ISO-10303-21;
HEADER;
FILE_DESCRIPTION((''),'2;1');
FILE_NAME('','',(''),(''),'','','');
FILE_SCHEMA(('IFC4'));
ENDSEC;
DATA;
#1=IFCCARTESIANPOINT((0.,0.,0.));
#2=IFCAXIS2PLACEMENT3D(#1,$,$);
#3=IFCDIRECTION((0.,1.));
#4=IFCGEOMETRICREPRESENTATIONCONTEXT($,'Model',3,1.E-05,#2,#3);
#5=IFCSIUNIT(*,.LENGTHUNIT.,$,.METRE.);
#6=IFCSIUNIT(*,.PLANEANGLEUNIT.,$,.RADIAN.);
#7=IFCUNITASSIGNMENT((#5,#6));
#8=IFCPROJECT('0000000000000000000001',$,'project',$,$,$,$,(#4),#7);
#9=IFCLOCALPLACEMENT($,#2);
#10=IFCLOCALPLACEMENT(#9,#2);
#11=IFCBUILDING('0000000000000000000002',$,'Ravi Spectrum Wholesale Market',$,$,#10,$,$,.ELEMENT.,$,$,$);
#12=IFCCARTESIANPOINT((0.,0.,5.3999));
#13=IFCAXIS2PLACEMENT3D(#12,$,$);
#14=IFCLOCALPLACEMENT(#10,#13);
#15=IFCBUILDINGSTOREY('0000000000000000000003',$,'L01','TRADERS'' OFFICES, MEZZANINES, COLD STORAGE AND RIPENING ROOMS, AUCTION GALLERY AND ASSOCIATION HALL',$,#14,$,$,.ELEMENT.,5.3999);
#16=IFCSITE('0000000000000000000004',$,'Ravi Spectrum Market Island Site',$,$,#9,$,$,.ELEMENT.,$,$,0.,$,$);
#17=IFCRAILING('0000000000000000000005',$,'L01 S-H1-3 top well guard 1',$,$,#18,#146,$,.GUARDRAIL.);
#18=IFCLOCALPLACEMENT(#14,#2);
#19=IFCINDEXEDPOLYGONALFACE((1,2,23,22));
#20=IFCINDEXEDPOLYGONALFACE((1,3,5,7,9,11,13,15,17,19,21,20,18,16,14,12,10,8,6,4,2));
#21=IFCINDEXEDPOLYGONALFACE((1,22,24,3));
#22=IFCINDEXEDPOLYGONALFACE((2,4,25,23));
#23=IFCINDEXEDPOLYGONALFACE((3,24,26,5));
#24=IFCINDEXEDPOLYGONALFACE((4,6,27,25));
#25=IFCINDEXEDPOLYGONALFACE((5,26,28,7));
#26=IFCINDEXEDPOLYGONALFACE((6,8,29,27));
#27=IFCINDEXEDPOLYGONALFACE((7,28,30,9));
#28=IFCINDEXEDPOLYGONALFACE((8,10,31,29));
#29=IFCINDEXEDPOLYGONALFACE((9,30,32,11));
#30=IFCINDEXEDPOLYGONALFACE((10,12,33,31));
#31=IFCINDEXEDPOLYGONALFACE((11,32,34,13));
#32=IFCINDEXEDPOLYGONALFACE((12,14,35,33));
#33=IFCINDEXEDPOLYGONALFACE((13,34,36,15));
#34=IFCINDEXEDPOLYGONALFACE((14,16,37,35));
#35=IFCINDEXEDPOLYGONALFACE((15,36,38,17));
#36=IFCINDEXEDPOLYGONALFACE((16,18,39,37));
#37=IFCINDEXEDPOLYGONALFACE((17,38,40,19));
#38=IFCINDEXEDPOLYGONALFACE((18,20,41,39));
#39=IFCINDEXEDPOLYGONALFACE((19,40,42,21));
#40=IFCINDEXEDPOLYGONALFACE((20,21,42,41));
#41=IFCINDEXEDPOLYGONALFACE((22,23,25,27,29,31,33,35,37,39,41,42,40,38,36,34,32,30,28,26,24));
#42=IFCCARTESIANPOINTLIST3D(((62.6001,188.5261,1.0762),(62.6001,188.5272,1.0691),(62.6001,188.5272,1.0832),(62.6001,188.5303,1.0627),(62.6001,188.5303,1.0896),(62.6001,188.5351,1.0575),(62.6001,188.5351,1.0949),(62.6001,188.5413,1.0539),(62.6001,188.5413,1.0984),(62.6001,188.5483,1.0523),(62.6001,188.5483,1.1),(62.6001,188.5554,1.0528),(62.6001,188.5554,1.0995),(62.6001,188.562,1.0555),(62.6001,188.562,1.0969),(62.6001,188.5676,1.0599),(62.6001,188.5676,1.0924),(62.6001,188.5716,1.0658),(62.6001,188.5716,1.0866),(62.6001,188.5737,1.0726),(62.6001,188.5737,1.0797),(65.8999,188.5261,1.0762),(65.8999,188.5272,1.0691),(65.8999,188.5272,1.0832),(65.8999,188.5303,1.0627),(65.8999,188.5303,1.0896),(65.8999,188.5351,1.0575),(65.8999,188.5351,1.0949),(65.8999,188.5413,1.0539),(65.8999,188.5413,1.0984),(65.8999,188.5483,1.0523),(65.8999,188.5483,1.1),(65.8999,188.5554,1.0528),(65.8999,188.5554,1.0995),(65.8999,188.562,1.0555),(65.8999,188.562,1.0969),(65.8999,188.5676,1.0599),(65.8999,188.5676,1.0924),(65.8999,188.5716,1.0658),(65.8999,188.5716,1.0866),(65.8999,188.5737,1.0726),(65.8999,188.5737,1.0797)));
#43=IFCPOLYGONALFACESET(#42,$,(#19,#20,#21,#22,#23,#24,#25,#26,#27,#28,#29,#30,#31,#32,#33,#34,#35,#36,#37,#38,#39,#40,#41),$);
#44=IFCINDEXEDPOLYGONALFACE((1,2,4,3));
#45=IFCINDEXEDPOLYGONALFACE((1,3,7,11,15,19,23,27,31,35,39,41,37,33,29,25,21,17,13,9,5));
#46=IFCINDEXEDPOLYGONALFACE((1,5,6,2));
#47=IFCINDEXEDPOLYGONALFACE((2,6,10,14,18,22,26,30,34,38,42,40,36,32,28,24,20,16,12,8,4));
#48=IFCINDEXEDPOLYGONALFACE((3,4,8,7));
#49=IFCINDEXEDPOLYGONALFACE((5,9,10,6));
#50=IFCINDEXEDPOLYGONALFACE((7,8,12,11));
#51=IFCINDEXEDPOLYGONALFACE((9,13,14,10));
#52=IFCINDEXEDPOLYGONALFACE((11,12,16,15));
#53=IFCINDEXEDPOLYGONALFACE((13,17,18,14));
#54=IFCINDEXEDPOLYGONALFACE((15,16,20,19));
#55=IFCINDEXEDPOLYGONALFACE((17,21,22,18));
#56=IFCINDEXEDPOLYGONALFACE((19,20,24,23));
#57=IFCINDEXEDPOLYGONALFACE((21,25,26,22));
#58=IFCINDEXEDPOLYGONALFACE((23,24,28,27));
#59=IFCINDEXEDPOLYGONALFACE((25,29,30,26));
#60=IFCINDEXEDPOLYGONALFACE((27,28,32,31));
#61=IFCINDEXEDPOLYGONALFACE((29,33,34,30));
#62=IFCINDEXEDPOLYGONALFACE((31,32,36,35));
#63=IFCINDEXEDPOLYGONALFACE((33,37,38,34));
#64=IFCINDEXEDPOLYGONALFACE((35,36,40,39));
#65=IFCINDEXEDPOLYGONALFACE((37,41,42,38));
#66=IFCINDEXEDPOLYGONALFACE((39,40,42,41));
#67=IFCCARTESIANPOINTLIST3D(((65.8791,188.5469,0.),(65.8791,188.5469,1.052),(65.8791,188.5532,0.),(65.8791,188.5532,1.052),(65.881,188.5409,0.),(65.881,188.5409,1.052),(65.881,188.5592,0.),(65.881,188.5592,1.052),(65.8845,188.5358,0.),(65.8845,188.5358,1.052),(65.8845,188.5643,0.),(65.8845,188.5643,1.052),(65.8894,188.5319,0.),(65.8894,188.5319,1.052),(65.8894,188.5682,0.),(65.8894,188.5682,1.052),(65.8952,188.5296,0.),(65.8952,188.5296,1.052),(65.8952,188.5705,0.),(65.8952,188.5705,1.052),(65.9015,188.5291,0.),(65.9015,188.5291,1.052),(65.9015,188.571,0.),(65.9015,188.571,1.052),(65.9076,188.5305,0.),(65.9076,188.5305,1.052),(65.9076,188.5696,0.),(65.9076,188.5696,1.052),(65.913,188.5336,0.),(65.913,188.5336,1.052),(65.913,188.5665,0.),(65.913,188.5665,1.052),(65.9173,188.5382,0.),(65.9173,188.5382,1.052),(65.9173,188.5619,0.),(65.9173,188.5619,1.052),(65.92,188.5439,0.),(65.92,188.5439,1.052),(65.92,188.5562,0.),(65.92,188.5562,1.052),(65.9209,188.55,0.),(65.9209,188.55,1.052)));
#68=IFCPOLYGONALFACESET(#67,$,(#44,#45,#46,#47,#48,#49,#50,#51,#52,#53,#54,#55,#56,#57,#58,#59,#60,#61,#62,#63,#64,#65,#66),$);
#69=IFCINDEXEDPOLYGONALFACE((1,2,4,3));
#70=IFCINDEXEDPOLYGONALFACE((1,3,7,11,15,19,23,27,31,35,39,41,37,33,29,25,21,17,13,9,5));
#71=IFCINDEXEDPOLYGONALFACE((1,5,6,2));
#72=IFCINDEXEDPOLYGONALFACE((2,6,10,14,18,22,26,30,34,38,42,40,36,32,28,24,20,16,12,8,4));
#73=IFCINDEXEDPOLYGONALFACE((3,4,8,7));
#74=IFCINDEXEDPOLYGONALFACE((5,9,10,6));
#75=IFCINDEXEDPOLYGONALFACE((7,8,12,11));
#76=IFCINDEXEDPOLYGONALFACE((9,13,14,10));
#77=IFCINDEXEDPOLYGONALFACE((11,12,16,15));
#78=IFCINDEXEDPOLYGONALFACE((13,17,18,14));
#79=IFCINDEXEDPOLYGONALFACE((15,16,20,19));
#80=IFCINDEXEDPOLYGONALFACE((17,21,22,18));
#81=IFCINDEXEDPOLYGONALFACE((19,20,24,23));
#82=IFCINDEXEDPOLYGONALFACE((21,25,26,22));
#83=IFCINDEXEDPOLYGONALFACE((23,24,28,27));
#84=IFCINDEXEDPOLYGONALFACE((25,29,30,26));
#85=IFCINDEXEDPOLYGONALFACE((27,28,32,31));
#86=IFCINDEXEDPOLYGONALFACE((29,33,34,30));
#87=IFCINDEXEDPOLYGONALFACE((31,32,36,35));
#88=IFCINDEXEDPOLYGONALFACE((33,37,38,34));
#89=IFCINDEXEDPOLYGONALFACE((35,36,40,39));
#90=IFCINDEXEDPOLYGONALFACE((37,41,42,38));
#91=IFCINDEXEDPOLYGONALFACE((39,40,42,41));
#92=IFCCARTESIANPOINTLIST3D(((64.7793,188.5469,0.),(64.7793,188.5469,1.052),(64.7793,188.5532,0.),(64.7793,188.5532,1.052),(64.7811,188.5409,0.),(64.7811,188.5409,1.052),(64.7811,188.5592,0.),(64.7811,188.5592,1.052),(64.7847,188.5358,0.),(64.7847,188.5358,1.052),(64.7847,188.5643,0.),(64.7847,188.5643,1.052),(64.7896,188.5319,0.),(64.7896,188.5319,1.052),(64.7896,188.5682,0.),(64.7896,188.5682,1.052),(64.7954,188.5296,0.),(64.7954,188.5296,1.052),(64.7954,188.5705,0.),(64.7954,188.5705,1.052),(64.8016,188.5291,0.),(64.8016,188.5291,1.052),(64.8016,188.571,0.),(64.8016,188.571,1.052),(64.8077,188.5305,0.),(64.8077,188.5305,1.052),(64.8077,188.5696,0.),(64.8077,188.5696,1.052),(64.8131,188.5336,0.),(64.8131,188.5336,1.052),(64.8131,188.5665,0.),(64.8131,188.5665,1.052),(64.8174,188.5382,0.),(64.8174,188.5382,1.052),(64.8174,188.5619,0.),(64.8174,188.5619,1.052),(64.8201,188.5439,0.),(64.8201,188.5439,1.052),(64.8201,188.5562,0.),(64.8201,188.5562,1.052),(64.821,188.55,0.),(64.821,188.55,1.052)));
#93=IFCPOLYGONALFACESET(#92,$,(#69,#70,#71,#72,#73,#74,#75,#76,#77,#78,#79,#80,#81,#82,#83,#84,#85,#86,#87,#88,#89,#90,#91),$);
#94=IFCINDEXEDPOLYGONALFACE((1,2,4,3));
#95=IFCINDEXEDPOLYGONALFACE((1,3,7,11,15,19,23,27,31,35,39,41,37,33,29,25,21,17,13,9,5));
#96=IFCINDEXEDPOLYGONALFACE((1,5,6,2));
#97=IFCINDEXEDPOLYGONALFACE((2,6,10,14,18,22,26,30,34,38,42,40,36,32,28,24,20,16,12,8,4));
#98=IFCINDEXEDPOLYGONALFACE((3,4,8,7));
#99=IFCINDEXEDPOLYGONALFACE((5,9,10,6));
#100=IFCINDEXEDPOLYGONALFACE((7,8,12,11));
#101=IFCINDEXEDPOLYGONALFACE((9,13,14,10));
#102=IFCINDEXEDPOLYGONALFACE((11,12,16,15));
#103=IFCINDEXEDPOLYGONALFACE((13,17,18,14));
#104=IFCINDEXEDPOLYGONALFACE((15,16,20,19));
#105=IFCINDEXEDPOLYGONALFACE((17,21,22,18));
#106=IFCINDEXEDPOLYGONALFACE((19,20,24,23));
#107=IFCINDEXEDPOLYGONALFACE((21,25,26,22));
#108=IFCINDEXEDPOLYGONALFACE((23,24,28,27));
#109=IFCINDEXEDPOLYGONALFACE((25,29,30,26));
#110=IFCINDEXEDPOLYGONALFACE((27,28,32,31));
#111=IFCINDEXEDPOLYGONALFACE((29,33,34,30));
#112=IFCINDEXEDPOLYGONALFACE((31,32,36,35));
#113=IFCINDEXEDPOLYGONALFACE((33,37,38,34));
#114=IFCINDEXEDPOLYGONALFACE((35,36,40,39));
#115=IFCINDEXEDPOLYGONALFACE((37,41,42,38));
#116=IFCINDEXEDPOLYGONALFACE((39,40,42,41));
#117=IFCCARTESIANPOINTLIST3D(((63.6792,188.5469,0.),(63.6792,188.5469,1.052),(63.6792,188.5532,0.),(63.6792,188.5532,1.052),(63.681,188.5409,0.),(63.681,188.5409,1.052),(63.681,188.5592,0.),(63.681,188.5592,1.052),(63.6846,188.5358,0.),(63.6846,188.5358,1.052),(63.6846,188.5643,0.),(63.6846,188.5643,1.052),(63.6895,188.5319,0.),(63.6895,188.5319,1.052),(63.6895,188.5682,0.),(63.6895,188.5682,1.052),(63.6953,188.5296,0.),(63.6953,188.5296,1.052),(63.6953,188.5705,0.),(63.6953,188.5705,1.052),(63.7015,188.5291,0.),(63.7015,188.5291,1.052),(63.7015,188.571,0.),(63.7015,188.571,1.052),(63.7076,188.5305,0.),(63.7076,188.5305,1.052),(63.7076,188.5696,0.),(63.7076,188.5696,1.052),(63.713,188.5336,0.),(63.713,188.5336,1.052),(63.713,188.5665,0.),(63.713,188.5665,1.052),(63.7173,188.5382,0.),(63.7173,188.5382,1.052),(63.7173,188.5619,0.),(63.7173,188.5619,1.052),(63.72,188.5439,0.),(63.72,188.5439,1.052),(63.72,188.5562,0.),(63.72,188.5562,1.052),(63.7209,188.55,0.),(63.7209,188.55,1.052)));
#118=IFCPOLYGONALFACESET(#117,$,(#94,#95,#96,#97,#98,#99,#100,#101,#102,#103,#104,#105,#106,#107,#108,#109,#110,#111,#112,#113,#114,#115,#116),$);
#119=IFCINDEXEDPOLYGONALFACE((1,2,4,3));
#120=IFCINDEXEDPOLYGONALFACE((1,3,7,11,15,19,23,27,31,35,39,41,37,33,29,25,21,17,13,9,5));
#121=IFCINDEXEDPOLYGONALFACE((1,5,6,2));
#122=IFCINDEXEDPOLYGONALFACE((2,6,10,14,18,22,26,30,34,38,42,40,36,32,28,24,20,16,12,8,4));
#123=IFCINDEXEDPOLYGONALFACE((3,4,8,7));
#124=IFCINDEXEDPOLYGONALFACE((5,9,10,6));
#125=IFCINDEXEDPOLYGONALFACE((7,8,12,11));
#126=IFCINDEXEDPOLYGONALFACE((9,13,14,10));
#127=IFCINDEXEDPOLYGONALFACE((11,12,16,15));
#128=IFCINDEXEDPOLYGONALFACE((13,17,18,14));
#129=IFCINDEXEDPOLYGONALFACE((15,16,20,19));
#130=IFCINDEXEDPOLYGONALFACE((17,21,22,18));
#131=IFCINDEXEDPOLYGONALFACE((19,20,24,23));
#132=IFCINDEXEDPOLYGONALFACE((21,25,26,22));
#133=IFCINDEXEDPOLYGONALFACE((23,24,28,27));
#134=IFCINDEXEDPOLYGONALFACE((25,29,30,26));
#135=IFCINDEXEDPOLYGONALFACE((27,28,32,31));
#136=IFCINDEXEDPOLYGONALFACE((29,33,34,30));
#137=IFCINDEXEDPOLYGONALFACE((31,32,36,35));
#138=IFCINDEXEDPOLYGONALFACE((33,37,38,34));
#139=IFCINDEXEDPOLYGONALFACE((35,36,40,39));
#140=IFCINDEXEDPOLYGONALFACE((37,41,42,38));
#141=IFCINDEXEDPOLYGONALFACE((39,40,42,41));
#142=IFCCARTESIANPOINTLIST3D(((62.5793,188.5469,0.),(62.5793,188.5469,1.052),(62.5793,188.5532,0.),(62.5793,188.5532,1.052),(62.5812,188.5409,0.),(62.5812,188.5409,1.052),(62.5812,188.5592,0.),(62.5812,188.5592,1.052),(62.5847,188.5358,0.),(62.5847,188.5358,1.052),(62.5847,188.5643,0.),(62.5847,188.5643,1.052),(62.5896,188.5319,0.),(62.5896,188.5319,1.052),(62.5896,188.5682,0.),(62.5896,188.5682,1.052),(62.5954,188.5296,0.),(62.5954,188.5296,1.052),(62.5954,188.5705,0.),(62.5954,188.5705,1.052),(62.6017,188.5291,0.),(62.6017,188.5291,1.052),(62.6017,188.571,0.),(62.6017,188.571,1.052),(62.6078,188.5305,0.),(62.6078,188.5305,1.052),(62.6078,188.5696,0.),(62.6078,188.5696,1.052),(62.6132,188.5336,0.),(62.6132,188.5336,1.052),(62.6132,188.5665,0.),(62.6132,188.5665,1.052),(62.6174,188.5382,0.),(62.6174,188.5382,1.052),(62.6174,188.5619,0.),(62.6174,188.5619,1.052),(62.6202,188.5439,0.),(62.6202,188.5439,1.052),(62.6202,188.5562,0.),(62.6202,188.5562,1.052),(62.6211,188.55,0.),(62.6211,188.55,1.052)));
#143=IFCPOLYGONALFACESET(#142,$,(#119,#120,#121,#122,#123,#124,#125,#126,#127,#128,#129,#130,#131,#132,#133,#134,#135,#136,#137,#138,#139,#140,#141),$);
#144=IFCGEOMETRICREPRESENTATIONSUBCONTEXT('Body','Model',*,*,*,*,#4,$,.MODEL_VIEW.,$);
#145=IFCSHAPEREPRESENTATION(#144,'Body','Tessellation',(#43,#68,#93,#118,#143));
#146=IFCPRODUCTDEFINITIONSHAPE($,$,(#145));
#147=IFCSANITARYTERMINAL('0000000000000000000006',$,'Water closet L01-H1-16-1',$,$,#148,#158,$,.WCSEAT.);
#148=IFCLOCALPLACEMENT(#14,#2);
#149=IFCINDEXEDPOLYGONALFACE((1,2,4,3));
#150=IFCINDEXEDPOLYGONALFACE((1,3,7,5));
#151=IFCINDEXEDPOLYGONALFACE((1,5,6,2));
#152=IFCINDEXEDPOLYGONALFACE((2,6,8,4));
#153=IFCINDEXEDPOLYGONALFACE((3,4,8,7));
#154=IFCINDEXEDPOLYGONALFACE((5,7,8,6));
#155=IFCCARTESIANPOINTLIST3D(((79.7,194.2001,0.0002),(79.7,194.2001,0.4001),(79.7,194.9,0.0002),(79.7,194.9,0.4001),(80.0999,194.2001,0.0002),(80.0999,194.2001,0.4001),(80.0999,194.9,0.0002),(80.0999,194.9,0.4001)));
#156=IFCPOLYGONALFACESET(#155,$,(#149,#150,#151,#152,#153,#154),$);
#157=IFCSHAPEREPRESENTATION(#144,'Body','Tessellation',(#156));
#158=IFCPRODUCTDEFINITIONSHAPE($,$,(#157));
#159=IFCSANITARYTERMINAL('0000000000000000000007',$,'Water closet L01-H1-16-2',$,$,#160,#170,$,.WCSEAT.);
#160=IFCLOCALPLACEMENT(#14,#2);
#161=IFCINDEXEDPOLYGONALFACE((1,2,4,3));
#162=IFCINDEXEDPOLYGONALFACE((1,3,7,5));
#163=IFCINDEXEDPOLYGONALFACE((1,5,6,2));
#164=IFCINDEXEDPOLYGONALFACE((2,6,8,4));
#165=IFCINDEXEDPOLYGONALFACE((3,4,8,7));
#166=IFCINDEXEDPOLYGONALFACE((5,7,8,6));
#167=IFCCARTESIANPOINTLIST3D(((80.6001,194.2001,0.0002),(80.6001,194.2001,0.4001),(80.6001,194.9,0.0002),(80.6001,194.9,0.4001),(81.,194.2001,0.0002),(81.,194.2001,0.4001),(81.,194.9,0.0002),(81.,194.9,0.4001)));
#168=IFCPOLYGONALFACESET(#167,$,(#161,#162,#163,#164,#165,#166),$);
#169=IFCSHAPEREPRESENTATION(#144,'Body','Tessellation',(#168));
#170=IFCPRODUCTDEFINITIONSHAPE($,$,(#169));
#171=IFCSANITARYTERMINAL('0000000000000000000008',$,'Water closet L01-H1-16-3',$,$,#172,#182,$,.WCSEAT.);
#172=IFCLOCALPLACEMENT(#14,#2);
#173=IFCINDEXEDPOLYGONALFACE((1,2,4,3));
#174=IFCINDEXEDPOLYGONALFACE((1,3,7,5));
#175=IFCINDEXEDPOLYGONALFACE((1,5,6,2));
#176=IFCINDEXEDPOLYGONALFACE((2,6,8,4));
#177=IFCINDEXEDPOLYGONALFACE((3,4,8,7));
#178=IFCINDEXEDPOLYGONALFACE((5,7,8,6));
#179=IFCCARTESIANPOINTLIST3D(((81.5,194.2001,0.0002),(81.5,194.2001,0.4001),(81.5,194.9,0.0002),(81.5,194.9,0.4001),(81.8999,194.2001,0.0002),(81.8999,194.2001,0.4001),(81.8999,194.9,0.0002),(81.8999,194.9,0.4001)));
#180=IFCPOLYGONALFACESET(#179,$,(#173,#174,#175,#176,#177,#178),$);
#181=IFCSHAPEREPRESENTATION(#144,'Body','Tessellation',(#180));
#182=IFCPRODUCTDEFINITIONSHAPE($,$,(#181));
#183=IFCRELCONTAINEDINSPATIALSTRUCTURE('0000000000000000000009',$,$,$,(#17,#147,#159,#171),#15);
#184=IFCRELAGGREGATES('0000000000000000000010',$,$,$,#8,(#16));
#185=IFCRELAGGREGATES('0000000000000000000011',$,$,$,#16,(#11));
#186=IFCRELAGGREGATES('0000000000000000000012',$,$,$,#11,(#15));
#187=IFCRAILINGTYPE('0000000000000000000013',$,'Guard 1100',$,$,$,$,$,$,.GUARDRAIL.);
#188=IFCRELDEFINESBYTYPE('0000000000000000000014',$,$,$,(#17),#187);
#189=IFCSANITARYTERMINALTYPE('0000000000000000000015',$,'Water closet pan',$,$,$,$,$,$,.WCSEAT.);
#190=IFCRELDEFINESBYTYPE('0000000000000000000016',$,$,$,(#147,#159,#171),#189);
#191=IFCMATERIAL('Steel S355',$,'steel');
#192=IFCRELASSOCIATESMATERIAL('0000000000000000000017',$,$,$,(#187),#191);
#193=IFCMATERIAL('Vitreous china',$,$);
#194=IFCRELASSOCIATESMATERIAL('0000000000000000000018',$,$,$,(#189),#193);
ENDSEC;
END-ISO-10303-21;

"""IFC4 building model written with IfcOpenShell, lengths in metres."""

from ifc_helpers import new_model, si_unit, direction, frame, origin, origin_2d, place, context, subcontext, project, spatial, rectangle, circle, extrude, material, type_object, element, save


model = new_model("IFC4")

# Units and contexts
model_context = context("Model", 3, precision=1e-05, world=origin(), true_north=direction((0.0, 1.0)))
body_context = subcontext(model_context, "Body", "Model", "MODEL_VIEW")
ifc_project = project(units=[si_unit("LENGTHUNIT", "METRE"), si_unit("PLANEANGLEUNIT", "RADIAN")], contexts=[model_context])

# Site, building, storey
site_placement = place(None, origin())
site = spatial("IfcSite", under=ifc_project, at=site_placement, Name="Ravi Spectrum Market Island Site", CompositionType="ELEMENT", RefElevation=0.0)
building_placement = place(site_placement, origin())
building = spatial("IfcBuilding", under=site, at=building_placement, Name="Ravi Spectrum Wholesale Market", CompositionType="ELEMENT")
storey_placement = place(building_placement, frame((0.0, 0.0, 5.3999)))
storey = spatial("IfcBuildingStorey", under=building, at=storey_placement, Name="L01", Description="TRADERS' OFFICES, MEZZANINES, COLD STORAGE AND RIPENING ROOMS, AUCTION GALLERY AND ASSOCIATION HALL", CompositionType="ELEMENT", Elevation=5.3999)

# Railing
ifc_material_1 = material(Name="Steel S355", Category="steel")
railing_type = type_object("IfcRailingType", Name="Guard 1100", PredefinedType="GUARDRAIL", material=ifc_material_1)
railing_placement = place(storey_placement, frame((65.8999, 188.55, 0.0)))
element("IfcRailing", 1, at=railing_placement, inside=storey, type_object=railing_type, Name="L01 S-H1-3 top well guard 1", PredefinedType="GUARDRAIL", context=body_context, shape_type="SweptSolid", body=[
    extrude(circle(Radius=0.0239, at=origin_2d()), frame((0.0, 0.0, 1.0762), z_axis=(-1.0, 0.0, 0.0), x_axis=(0.0, -1.0, 0.0)), (0.0, 0.0, 1.0), 3.2998),
    extrude(circle(Radius=0.021, at=origin_2d()), origin(), (0.0, 0.0, 1.0), 1.052),
    extrude(circle(Radius=0.021, at=origin_2d()), frame((-1.0999, 0.0, 0.0)), (0.0, 0.0, 1.0), 1.052),
    extrude(circle(Radius=0.021, at=origin_2d()), frame((-2.2, 0.0, 0.0)), (0.0, 0.0, 1.0), 1.052),
    extrude(circle(Radius=0.021, at=origin_2d()), frame((-3.2998, 0.0, 0.0)), (0.0, 0.0, 1.0), 1.052),
])

# Sanitary terminals
ifc_material_2 = material(Name="Vitreous china")
sanitary_terminal_type = type_object("IfcSanitaryTerminalType", Name="Water closet pan", PredefinedType="WCSEAT", material=ifc_material_2)
for number, where, z_axis, x_axis, name in (
    (2, (79.8999, 194.55, 0.0002), (0.0, 0.0, 1.0), (1.0, 0.0, 0.0), "Water closet L01-H1-16-1"),
    (3, (80.8, 194.55, 0.0002), (0.0, 0.0, 1.0), (1.0, 0.0, 0.0), "Water closet L01-H1-16-2"),
    (4, (81.7, 194.55, 0.0002), (0.0, 0.0, 1.0), (1.0, 0.0, 0.0), "Water closet L01-H1-16-3"),
):
    element("IfcSanitaryTerminal", number, at=place(storey_placement, frame(where, z_axis=z_axis, x_axis=x_axis)), inside=storey, type_object=sanitary_terminal_type, Name=name, PredefinedType="WCSEAT", context=body_context, shape_type="SweptSolid", body=[
        extrude(rectangle(XDim=0.3999, YDim=0.7, at=origin_2d()), origin(), (0.0, 0.0, 1.0), 0.3999),
    ])

save(model, "model.ifc")
